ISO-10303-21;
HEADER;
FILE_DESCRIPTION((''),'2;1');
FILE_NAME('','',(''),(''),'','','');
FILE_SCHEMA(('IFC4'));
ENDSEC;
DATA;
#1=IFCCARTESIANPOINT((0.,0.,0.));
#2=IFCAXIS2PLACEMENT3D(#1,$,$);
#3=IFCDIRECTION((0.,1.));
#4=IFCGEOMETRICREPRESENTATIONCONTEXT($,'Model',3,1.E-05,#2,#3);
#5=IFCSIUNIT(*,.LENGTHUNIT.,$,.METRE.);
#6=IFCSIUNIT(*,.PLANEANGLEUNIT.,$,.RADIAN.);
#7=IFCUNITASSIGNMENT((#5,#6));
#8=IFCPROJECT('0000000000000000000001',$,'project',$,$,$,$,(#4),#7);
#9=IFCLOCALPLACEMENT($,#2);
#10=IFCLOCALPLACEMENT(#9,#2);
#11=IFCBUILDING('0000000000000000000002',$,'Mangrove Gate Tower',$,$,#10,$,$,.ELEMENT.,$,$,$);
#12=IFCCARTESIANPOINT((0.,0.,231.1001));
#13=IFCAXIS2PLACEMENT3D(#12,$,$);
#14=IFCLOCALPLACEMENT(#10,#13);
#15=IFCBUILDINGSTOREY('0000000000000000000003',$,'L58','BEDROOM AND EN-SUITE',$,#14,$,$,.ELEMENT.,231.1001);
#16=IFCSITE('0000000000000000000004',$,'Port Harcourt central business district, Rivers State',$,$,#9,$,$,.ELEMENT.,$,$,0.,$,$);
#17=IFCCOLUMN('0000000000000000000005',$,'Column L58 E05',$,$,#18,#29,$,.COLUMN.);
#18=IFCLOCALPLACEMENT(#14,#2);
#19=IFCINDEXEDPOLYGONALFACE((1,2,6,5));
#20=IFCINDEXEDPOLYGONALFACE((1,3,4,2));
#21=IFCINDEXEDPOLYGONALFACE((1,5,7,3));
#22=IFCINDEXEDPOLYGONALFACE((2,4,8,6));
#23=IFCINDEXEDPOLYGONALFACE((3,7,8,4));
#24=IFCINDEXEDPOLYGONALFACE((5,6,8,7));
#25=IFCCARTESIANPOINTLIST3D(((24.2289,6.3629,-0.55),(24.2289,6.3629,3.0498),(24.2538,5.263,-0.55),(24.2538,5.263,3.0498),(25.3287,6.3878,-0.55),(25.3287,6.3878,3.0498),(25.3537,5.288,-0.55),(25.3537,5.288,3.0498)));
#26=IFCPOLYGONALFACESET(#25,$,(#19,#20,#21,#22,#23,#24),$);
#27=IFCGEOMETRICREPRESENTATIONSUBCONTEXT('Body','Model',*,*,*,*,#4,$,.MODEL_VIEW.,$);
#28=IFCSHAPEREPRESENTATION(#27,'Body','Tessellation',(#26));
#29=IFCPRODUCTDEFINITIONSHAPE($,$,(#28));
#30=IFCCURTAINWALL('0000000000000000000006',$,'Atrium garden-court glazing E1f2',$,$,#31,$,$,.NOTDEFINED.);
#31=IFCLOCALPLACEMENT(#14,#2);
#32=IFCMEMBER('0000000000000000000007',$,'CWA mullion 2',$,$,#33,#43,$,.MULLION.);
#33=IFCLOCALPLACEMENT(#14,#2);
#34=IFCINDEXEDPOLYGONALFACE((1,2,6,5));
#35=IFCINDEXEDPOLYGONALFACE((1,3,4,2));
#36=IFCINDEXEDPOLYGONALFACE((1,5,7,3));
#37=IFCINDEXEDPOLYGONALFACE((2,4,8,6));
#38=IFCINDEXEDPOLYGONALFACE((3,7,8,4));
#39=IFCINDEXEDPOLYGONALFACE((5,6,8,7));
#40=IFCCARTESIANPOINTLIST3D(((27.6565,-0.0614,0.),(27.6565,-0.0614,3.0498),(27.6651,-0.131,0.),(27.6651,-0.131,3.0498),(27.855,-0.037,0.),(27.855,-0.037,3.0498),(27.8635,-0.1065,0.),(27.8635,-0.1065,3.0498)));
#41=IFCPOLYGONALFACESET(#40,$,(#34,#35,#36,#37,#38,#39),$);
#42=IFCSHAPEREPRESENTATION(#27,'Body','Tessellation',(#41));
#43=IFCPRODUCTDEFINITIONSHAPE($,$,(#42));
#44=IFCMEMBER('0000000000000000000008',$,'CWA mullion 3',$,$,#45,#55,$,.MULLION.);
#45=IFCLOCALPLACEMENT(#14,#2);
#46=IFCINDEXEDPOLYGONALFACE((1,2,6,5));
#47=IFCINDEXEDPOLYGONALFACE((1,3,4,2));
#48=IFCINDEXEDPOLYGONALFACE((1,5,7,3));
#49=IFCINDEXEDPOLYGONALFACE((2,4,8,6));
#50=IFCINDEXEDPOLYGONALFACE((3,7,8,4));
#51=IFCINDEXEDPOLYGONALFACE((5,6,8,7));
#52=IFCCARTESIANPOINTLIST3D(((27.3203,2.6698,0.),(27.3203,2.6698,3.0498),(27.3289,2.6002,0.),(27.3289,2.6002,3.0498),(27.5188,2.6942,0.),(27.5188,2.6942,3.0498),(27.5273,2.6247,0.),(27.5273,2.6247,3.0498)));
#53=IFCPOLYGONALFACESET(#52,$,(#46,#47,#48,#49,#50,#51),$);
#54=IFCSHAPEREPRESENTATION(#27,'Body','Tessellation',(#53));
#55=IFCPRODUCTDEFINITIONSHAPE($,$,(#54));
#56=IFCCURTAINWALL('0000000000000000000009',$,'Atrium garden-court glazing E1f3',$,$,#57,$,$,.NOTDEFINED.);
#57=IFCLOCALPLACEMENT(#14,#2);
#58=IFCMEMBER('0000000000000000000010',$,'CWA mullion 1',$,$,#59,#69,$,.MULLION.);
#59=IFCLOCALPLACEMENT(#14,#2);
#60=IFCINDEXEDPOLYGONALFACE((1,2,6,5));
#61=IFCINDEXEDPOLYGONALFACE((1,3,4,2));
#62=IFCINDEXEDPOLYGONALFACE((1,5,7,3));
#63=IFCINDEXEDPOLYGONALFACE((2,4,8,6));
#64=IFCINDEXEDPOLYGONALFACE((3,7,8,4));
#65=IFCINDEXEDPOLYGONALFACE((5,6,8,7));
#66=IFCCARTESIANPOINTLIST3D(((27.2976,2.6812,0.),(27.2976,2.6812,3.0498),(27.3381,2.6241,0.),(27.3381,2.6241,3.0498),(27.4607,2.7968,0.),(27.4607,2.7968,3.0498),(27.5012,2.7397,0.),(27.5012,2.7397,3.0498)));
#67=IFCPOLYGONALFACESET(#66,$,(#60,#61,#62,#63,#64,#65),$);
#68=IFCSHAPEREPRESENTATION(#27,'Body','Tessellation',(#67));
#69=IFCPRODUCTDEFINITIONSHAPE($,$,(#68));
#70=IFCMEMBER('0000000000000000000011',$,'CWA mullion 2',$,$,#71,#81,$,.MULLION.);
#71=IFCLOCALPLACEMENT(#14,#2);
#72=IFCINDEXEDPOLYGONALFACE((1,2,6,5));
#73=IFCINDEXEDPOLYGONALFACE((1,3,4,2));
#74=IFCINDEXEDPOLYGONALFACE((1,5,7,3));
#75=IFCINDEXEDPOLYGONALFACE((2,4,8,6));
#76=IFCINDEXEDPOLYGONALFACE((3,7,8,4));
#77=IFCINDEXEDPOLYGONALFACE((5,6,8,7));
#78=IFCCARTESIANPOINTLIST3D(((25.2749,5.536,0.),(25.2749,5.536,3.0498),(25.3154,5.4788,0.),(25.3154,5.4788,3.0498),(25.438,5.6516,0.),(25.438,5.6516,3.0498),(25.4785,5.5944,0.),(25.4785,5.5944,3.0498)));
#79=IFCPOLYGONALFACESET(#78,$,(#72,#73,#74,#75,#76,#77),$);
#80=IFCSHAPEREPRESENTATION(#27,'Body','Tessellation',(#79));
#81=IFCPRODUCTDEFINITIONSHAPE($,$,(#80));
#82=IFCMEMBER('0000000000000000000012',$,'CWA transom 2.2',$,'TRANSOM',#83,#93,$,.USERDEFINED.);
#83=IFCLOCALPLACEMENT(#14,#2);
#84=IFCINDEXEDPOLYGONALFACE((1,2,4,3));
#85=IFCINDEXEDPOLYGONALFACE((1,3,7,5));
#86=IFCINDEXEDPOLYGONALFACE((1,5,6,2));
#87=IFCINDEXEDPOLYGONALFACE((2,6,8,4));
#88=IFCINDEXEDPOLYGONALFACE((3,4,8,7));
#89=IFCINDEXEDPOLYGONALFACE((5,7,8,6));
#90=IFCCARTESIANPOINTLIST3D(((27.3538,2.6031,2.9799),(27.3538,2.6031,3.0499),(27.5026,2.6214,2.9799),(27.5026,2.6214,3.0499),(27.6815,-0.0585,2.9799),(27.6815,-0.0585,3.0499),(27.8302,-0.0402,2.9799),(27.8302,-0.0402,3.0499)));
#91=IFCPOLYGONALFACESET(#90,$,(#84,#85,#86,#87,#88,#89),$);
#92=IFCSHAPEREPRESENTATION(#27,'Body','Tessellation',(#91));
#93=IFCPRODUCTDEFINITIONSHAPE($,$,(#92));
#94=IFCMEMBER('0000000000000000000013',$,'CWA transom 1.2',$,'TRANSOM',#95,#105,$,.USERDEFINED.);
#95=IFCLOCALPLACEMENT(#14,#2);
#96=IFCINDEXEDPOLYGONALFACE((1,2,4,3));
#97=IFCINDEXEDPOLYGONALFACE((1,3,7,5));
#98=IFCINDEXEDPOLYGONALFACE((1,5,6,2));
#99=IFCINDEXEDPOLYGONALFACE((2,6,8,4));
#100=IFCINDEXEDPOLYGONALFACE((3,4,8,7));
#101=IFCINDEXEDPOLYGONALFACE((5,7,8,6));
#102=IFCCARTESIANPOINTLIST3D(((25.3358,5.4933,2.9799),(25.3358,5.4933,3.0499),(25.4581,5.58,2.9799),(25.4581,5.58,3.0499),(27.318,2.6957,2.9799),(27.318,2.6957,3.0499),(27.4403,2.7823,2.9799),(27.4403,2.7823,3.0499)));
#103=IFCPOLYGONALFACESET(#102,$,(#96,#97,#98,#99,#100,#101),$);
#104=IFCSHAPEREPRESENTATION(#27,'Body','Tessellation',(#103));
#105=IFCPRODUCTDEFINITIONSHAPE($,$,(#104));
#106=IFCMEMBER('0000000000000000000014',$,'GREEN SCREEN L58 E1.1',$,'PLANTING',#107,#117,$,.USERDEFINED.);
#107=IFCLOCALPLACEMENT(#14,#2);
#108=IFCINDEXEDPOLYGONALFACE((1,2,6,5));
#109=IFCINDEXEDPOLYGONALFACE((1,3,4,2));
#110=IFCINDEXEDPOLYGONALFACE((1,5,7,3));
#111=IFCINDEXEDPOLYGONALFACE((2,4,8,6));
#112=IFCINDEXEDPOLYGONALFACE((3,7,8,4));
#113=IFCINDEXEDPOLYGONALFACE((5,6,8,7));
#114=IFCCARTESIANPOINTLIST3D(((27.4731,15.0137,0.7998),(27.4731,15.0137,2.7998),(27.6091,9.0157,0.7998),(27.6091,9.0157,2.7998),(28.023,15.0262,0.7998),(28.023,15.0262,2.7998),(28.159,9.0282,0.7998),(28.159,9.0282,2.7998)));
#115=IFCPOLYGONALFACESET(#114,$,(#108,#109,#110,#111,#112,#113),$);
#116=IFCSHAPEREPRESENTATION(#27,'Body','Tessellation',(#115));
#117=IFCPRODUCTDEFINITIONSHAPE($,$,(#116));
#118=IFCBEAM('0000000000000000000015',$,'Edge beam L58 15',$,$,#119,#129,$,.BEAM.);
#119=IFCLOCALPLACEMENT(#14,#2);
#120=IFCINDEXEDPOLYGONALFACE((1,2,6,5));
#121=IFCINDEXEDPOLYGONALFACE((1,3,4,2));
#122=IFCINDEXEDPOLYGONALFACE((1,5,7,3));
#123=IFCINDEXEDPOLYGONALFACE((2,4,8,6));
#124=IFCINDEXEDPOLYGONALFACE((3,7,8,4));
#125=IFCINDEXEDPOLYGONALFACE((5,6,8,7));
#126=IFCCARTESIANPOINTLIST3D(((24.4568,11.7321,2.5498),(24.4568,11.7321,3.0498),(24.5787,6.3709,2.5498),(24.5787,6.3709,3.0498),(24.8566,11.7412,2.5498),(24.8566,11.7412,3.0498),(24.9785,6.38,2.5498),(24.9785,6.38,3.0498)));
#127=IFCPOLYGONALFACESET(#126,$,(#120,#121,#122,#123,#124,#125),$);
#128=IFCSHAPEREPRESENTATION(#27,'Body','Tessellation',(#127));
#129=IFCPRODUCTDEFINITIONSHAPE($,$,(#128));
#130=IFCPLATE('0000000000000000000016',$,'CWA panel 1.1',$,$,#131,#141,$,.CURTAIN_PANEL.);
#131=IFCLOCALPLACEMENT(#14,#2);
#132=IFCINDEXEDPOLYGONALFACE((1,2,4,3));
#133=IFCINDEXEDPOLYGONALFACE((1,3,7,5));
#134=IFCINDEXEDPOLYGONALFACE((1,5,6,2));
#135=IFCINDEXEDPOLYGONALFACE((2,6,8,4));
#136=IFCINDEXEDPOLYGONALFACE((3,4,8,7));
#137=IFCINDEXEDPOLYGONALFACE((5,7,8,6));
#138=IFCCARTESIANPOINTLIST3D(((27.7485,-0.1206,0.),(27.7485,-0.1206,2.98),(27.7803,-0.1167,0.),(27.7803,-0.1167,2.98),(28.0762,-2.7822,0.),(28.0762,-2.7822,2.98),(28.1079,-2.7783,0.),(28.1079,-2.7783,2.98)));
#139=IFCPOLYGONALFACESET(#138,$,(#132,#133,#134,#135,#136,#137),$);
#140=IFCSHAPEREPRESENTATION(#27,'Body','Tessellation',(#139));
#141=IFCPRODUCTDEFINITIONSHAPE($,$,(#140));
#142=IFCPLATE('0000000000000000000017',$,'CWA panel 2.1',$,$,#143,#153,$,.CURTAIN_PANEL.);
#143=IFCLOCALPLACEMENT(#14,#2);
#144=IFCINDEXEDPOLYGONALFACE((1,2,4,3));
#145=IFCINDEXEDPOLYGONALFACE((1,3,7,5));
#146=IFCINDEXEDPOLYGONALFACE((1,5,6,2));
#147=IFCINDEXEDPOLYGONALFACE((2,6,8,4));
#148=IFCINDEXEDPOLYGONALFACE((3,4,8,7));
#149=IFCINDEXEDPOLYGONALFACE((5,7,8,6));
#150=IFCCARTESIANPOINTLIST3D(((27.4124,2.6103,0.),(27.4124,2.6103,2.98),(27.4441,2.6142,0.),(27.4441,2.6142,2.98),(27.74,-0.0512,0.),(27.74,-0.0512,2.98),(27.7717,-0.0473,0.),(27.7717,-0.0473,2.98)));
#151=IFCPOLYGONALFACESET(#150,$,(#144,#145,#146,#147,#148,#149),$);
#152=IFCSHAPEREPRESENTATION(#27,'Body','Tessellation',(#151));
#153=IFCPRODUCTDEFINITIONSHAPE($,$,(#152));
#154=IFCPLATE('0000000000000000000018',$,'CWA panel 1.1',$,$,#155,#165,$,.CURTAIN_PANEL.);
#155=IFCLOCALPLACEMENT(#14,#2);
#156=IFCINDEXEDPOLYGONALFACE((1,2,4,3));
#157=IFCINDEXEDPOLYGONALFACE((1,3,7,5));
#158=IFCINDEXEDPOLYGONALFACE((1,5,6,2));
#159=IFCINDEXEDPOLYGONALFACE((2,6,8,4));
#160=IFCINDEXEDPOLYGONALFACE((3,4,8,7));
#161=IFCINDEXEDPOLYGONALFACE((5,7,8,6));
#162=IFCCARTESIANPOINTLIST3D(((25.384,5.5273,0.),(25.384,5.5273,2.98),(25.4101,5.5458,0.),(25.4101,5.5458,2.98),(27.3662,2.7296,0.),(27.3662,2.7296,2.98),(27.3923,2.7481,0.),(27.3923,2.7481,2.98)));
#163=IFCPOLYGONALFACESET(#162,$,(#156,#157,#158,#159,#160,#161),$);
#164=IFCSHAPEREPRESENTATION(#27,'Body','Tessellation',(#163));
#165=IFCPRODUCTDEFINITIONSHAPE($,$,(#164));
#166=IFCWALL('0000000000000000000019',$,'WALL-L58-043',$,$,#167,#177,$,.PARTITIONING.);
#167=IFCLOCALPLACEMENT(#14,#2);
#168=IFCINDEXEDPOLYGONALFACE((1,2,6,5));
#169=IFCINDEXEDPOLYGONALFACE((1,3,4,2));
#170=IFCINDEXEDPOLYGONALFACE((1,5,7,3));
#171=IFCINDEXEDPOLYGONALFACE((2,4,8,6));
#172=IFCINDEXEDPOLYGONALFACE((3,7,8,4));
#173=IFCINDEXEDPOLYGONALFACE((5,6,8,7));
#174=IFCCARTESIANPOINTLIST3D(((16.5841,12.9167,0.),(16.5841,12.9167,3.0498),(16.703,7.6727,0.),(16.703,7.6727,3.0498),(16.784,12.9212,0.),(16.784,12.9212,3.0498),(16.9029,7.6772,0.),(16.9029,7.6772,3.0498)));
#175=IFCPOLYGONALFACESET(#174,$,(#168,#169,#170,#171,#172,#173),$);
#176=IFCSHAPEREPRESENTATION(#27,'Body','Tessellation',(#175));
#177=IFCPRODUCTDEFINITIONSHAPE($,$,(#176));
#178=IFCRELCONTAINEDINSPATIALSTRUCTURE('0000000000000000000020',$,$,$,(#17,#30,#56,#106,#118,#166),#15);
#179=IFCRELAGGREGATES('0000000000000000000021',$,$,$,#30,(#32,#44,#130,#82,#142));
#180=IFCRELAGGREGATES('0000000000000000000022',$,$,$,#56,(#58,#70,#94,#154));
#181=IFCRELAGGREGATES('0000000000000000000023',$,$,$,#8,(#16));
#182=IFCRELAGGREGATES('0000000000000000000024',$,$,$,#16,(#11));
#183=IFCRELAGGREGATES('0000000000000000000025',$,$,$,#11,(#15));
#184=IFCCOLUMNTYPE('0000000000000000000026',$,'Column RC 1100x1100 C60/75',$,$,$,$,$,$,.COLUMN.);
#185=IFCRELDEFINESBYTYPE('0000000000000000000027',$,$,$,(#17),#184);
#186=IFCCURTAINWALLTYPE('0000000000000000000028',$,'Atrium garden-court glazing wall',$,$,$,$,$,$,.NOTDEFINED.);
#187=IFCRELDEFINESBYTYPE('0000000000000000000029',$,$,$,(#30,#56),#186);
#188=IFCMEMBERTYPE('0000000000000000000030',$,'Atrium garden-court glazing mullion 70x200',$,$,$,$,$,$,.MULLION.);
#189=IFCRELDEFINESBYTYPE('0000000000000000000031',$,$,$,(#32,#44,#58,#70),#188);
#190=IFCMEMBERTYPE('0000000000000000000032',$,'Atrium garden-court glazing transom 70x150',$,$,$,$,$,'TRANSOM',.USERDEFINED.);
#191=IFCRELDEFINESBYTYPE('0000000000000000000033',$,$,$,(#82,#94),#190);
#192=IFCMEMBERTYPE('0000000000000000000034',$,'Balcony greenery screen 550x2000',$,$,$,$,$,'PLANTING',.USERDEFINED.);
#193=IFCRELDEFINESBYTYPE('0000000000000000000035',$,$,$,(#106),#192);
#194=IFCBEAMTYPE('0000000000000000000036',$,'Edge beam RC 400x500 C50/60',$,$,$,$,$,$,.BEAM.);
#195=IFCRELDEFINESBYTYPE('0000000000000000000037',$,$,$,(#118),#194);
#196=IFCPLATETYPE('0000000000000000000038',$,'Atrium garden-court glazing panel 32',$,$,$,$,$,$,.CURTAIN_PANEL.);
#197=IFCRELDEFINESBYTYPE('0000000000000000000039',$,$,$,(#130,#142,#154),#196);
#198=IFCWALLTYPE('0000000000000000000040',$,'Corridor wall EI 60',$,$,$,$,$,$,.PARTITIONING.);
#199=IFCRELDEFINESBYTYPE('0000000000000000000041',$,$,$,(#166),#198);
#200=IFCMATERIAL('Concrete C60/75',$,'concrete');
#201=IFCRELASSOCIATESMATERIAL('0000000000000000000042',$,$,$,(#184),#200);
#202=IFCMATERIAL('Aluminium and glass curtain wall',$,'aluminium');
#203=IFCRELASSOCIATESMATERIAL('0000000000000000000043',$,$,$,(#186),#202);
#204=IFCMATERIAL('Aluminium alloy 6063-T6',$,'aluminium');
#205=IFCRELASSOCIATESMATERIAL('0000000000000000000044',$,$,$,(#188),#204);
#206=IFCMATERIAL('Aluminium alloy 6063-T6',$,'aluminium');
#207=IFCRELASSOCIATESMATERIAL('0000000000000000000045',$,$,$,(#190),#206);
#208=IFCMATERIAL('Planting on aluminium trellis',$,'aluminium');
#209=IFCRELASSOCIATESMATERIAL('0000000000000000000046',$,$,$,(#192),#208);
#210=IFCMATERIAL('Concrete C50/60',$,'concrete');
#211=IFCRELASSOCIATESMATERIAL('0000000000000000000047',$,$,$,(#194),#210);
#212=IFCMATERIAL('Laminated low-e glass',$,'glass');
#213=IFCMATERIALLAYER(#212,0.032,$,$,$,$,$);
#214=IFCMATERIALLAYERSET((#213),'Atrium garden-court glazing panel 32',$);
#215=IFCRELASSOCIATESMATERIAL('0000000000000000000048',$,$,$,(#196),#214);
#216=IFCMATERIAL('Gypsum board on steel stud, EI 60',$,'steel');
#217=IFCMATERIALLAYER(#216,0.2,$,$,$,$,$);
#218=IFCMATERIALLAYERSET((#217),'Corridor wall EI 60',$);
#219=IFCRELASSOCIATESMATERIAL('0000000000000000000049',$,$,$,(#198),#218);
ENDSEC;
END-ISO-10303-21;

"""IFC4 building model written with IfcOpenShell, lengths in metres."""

from ifc_helpers import new_model, si_unit, direction, frame, frame_2d, origin, origin_2d, place, context, subcontext, project, spatial, rectangle, extrude, material, layer, layer_set, material_profile, profile_set, type_object, element, aggregate, save


model = new_model("IFC4")

# Units and contexts
model_context = context("Model", 3, precision=1e-05, world=origin(), true_north=direction((0.0, 1.0)))
body_context = subcontext(model_context, "Body", "Model", "MODEL_VIEW")
ifc_project = project(units=[si_unit("LENGTHUNIT", "METRE"), si_unit("PLANEANGLEUNIT", "RADIAN")], contexts=[model_context])

# Site, building, storey
site_placement = place(None, origin())
site = spatial("IfcSite", under=ifc_project, at=site_placement, Name="Port Harcourt central business district, Rivers State", CompositionType="ELEMENT", RefElevation=0.0)
building_placement = place(site_placement, origin())
building = spatial("IfcBuilding", under=site, at=building_placement, Name="Mangrove Gate Tower", CompositionType="ELEMENT")
storey_placement = place(building_placement, frame((0.0, 0.0, 231.1001)))
storey = spatial("IfcBuildingStorey", under=building, at=storey_placement, Name="L58", Description="BEDROOM AND EN-SUITE", CompositionType="ELEMENT", Elevation=231.1001)

# Column
ifc_material_1 = material(Name="Concrete C60/75", Category="concrete")
ifc_material_profile_1 = material_profile(ifc_material_1, rectangle(XDim=1.1001, YDim=1.1001, at=origin_2d()))
ifc_profile_set_1 = profile_set([ifc_material_profile_1], Name="Concrete C60/75")
column_type = type_object("IfcColumnType", Name="Column RC 1100x1100 C60/75", PredefinedType="COLUMN", material=ifc_profile_set_1)
column_placement = place(storey_placement, frame((24.7913, 5.8254, -0.55), z_axis=(0.0, 0.0, 1.0), x_axis=(-0.022708, 0.999742, 0.0)))
element("IfcColumn", 1, at=column_placement, inside=storey, type_object=column_type, Name="Column L58 E05", PredefinedType="COLUMN", context=body_context, shape_type="SweptSolid", body=[
    extrude(rectangle(XDim=1.1001, YDim=1.1001, at=origin_2d()), origin(), (0.0, 0.0, 1.0), 3.5999),
])

# Curtain walls, members
ifc_material_2 = material(Name="Aluminium and glass curtain wall", Category="aluminium")
curtain_wall_type = type_object("IfcCurtainWallType", Name="Atrium garden-court glazing wall", PredefinedType="NOTDEFINED", material=ifc_material_2)
curtain_wall_1_placement = place(storey_placement, origin())
curtain_wall_1 = element("IfcCurtainWall", 2, at=curtain_wall_1_placement, inside=storey, type_object=curtain_wall_type, Name="Atrium garden-court glazing E1f2", PredefinedType="NOTDEFINED")
ifc_material_3 = material(Name="Aluminium alloy 6063-T6", Category="aluminium")
ifc_material_profile_2 = material_profile(ifc_material_3, rectangle(XDim=0.0701, YDim=0.2, at=origin_2d()))
ifc_profile_set_2 = profile_set([ifc_material_profile_2], Name="Aluminium alloy 6063-T6")
member_type_1 = type_object("IfcMemberType", Name="Atrium garden-court glazing mullion 70x200", PredefinedType="MULLION", material=ifc_profile_set_2)
member_1_placement = place(storey_placement, frame((27.76, -0.084, 0.0), z_axis=(0.0, 0.0, 1.0), x_axis=(-0.122172, 0.992509, 0.0)))
member_1 = element("IfcMember", 3, at=member_1_placement, type_object=member_type_1, Name="CWA mullion 2", PredefinedType="MULLION", context=body_context, shape_type="SweptSolid", body=[
    extrude(rectangle(XDim=0.0701, YDim=0.2, at=origin_2d()), origin(), (0.0, 0.0, 1.0), 3.0498),
])
member_2_placement = place(storey_placement, frame((27.4238, 2.6472, 0.0), z_axis=(0.0, 0.0, 1.0), x_axis=(-0.122172, 0.992509, 0.0)))
member_2 = element("IfcMember", 4, at=member_2_placement, type_object=member_type_1, Name="CWA mullion 3", PredefinedType="MULLION", context=body_context, shape_type="SweptSolid", body=[
    extrude(rectangle(XDim=0.0701, YDim=0.2, at=origin_2d()), origin(), (0.0, 0.0, 1.0), 3.0498),
])
curtain_wall_2_placement = place(storey_placement, origin())
curtain_wall_2 = element("IfcCurtainWall", 5, at=curtain_wall_2_placement, inside=storey, type_object=curtain_wall_type, Name="Atrium garden-court glazing E1f3", PredefinedType="NOTDEFINED")
member_3_placement = place(storey_placement, frame((27.3994, 2.7104, 0.0), z_axis=(0.0, 0.0, 1.0), x_axis=(-0.578121, 0.815951, 0.0)))
member_3 = element("IfcMember", 6, at=member_3_placement, type_object=member_type_1, Name="CWA mullion 1", PredefinedType="MULLION", context=body_context, shape_type="SweptSolid", body=[
    extrude(rectangle(XDim=0.0701, YDim=0.2, at=origin_2d()), origin(), (0.0, 0.0, 1.0), 3.0498),
])
member_4_placement = place(storey_placement, frame((25.3767, 5.5652, 0.0), z_axis=(0.0, 0.0, 1.0), x_axis=(-0.578121, 0.815951, 0.0)))
member_4 = element("IfcMember", 7, at=member_4_placement, type_object=member_type_1, Name="CWA mullion 2", PredefinedType="MULLION", context=body_context, shape_type="SweptSolid", body=[
    extrude(rectangle(XDim=0.0701, YDim=0.2, at=origin_2d()), origin(), (0.0, 0.0, 1.0), 3.0498),
])

# Members
ifc_material_4 = material(Name="Aluminium alloy 6063-T6", Category="aluminium")
ifc_material_profile_3 = material_profile(ifc_material_4, rectangle(XDim=0.0701, YDim=0.1499, at=origin_2d()))
ifc_profile_set_3 = profile_set([ifc_material_profile_3], Name="Aluminium alloy 6063-T6")
member_type_2 = type_object("IfcMemberType", Name="Atrium garden-court glazing transom 70x150", ElementType="TRANSOM", PredefinedType="USERDEFINED", material=ifc_profile_set_3)
member_5_placement = place(storey_placement, frame((27.7559, -0.0493, 3.0149), z_axis=(-0.122175, 0.992509, 0.0), x_axis=(0.0, 0.0, 1.0)))
member_5 = element("IfcMember", 8, at=member_5_placement, type_object=member_type_2, Name="CWA transom 2.2", ObjectType="TRANSOM", PredefinedType="USERDEFINED", context=body_context, shape_type="SweptSolid", body=[
    extrude(rectangle(XDim=0.0701, YDim=0.1499, at=origin_2d()), origin(), (0.0, 0.0, 1.0), 2.6816),
])
member_6_placement = place(storey_placement, frame((27.3792, 2.739, 3.0149), z_axis=(-0.578122, 0.81595, 0.0), x_axis=(0.0, 0.0, 1.0)))
member_6 = element("IfcMember", 9, at=member_6_placement, type_object=member_type_2, Name="CWA transom 1.2", ObjectType="TRANSOM", PredefinedType="USERDEFINED", context=body_context, shape_type="SweptSolid", body=[
    extrude(rectangle(XDim=0.0701, YDim=0.1499, at=origin_2d()), origin(), (0.0, 0.0, 1.0), 3.4287),
])
ifc_material_5 = material(Name="Planting on aluminium trellis", Category="aluminium")
ifc_material_profile_4 = material_profile(ifc_material_5, rectangle(XDim=0.55, YDim=2.0, at=origin_2d()))
ifc_profile_set_4 = profile_set([ifc_material_profile_4], Name="Planting on aluminium trellis")
member_type_3 = type_object("IfcMemberType", Name="Balcony greenery screen 550x2000", ElementType="PLANTING", PredefinedType="USERDEFINED", material=ifc_profile_set_4)
member_7_placement = place(storey_placement, frame((27.884, 9.022, 1.7998), z_axis=(-0.022666, 0.999743, 0.0), x_axis=(-0.999743, -0.022666, 0.0)))
element("IfcMember", 10, at=member_7_placement, inside=storey, type_object=member_type_3, Name="GREEN SCREEN L58 E1.1", ObjectType="PLANTING", PredefinedType="USERDEFINED", context=body_context, shape_type="SweptSolid", body=[
    extrude(rectangle(XDim=0.55, YDim=2.0, at=origin_2d()), origin(), (0.0, 0.0, 1.0), 5.9995),
])

# Beam
ifc_material_6 = material(Name="Concrete C50/60", Category="concrete")
ifc_material_profile_5 = material_profile(ifc_material_6, rectangle(XDim=0.3999, YDim=0.5, at=origin_2d()))
ifc_profile_set_5 = profile_set([ifc_material_profile_5], Name="Concrete C50/60")
beam_type = type_object("IfcBeamType", Name="Edge beam RC 400x500 C50/60", PredefinedType="BEAM", material=ifc_profile_set_5)
beam_placement = place(storey_placement, frame((24.7786, 6.3755, 2.7998), z_axis=(-0.022718, 0.999742, 0.0), x_axis=(-0.999742, -0.022718, 0.0)))
element("IfcBeam", 11, at=beam_placement, inside=storey, type_object=beam_type, Name="Edge beam L58 15", PredefinedType="BEAM", context=body_context, shape_type="SweptSolid", body=[
    extrude(rectangle(XDim=0.3999, YDim=0.5, at=origin_2d()), origin(), (0.0, 0.0, 1.0), 5.3625),
])

# Plates
ifc_material_7 = material(Name="Laminated low-e glass", Category="glass")
ifc_layer_1 = layer(ifc_material_7, 0.032)
ifc_layer_set_1 = layer_set([ifc_layer_1], Name="Atrium garden-court glazing panel 32")
plate_type = type_object("IfcPlateType", Name="Atrium garden-court glazing panel 32", PredefinedType="CURTAIN_PANEL", material=ifc_layer_set_1)
plate_1_placement = place(storey_placement, frame((27.9282, -1.4495, 0.0), z_axis=(0.0, 0.0, 1.0), x_axis=(-0.122172, 0.992509, 0.0)))
plate_1 = element("IfcPlate", 12, at=plate_1_placement, type_object=plate_type, Name="CWA panel 1.1", PredefinedType="CURTAIN_PANEL", context=body_context, shape_type="SweptSolid", body=[
    extrude(rectangle(XDim=2.6816, YDim=0.032, at=origin_2d()), origin(), (0.0, 0.0, 1.0), 2.98),
])
plate_2_placement = place(storey_placement, frame((27.592, 1.2815, 0.0), z_axis=(0.0, 0.0, 1.0), x_axis=(-0.122172, 0.992509, 0.0)))
plate_2 = element("IfcPlate", 13, at=plate_2_placement, type_object=plate_type, Name="CWA panel 2.1", PredefinedType="CURTAIN_PANEL", context=body_context, shape_type="SweptSolid", body=[
    extrude(rectangle(XDim=2.6816, YDim=0.032, at=origin_2d()), origin(), (0.0, 0.0, 1.0), 2.98),
])
aggregate(curtain_wall_1, [member_1, member_2, plate_1, member_5, plate_2])
plate_3_placement = place(storey_placement, frame((26.3882, 4.1377, 0.0), z_axis=(0.0, 0.0, 1.0), x_axis=(-0.578121, 0.815951, 0.0)))
plate_3 = element("IfcPlate", 14, at=plate_3_placement, type_object=plate_type, Name="CWA panel 1.1", PredefinedType="CURTAIN_PANEL", context=body_context, shape_type="SweptSolid", body=[
    extrude(rectangle(XDim=3.4287, YDim=0.032, at=origin_2d()), origin(), (0.0, 0.0, 1.0), 2.98),
])
aggregate(curtain_wall_2, [member_3, member_4, member_6, plate_3])

# Wall
ifc_material_8 = material(Name="Gypsum board on steel stud, EI 60", Category="steel")
ifc_layer_2 = layer(ifc_material_8, 0.2)
ifc_layer_set_2 = layer_set([ifc_layer_2], Name="Corridor wall EI 60")
wall_type_1 = type_object("IfcWallType", Name="Corridor wall EI 60", PredefinedType="PARTITIONING", material=ifc_layer_set_2)
wall_1_placement = place(storey_placement, frame((16.803, 7.675, 0.0), z_axis=(0.0, 0.0, 1.0), x_axis=(-0.022667, 0.999743, 0.0)))
element("IfcWall", 15, at=wall_1_placement, inside=storey, type_object=wall_type_1, Name="WALL-L58-043", PredefinedType="PARTITIONING", context=body_context, shape_type="SweptSolid", body=[
    extrude(rectangle(XDim=5.2454, YDim=0.2, at=frame_2d((2.6226, 0.0))), origin(), (0.0, 0.0, 1.0), 3.0498),
])

save(model, "model.ifc")
